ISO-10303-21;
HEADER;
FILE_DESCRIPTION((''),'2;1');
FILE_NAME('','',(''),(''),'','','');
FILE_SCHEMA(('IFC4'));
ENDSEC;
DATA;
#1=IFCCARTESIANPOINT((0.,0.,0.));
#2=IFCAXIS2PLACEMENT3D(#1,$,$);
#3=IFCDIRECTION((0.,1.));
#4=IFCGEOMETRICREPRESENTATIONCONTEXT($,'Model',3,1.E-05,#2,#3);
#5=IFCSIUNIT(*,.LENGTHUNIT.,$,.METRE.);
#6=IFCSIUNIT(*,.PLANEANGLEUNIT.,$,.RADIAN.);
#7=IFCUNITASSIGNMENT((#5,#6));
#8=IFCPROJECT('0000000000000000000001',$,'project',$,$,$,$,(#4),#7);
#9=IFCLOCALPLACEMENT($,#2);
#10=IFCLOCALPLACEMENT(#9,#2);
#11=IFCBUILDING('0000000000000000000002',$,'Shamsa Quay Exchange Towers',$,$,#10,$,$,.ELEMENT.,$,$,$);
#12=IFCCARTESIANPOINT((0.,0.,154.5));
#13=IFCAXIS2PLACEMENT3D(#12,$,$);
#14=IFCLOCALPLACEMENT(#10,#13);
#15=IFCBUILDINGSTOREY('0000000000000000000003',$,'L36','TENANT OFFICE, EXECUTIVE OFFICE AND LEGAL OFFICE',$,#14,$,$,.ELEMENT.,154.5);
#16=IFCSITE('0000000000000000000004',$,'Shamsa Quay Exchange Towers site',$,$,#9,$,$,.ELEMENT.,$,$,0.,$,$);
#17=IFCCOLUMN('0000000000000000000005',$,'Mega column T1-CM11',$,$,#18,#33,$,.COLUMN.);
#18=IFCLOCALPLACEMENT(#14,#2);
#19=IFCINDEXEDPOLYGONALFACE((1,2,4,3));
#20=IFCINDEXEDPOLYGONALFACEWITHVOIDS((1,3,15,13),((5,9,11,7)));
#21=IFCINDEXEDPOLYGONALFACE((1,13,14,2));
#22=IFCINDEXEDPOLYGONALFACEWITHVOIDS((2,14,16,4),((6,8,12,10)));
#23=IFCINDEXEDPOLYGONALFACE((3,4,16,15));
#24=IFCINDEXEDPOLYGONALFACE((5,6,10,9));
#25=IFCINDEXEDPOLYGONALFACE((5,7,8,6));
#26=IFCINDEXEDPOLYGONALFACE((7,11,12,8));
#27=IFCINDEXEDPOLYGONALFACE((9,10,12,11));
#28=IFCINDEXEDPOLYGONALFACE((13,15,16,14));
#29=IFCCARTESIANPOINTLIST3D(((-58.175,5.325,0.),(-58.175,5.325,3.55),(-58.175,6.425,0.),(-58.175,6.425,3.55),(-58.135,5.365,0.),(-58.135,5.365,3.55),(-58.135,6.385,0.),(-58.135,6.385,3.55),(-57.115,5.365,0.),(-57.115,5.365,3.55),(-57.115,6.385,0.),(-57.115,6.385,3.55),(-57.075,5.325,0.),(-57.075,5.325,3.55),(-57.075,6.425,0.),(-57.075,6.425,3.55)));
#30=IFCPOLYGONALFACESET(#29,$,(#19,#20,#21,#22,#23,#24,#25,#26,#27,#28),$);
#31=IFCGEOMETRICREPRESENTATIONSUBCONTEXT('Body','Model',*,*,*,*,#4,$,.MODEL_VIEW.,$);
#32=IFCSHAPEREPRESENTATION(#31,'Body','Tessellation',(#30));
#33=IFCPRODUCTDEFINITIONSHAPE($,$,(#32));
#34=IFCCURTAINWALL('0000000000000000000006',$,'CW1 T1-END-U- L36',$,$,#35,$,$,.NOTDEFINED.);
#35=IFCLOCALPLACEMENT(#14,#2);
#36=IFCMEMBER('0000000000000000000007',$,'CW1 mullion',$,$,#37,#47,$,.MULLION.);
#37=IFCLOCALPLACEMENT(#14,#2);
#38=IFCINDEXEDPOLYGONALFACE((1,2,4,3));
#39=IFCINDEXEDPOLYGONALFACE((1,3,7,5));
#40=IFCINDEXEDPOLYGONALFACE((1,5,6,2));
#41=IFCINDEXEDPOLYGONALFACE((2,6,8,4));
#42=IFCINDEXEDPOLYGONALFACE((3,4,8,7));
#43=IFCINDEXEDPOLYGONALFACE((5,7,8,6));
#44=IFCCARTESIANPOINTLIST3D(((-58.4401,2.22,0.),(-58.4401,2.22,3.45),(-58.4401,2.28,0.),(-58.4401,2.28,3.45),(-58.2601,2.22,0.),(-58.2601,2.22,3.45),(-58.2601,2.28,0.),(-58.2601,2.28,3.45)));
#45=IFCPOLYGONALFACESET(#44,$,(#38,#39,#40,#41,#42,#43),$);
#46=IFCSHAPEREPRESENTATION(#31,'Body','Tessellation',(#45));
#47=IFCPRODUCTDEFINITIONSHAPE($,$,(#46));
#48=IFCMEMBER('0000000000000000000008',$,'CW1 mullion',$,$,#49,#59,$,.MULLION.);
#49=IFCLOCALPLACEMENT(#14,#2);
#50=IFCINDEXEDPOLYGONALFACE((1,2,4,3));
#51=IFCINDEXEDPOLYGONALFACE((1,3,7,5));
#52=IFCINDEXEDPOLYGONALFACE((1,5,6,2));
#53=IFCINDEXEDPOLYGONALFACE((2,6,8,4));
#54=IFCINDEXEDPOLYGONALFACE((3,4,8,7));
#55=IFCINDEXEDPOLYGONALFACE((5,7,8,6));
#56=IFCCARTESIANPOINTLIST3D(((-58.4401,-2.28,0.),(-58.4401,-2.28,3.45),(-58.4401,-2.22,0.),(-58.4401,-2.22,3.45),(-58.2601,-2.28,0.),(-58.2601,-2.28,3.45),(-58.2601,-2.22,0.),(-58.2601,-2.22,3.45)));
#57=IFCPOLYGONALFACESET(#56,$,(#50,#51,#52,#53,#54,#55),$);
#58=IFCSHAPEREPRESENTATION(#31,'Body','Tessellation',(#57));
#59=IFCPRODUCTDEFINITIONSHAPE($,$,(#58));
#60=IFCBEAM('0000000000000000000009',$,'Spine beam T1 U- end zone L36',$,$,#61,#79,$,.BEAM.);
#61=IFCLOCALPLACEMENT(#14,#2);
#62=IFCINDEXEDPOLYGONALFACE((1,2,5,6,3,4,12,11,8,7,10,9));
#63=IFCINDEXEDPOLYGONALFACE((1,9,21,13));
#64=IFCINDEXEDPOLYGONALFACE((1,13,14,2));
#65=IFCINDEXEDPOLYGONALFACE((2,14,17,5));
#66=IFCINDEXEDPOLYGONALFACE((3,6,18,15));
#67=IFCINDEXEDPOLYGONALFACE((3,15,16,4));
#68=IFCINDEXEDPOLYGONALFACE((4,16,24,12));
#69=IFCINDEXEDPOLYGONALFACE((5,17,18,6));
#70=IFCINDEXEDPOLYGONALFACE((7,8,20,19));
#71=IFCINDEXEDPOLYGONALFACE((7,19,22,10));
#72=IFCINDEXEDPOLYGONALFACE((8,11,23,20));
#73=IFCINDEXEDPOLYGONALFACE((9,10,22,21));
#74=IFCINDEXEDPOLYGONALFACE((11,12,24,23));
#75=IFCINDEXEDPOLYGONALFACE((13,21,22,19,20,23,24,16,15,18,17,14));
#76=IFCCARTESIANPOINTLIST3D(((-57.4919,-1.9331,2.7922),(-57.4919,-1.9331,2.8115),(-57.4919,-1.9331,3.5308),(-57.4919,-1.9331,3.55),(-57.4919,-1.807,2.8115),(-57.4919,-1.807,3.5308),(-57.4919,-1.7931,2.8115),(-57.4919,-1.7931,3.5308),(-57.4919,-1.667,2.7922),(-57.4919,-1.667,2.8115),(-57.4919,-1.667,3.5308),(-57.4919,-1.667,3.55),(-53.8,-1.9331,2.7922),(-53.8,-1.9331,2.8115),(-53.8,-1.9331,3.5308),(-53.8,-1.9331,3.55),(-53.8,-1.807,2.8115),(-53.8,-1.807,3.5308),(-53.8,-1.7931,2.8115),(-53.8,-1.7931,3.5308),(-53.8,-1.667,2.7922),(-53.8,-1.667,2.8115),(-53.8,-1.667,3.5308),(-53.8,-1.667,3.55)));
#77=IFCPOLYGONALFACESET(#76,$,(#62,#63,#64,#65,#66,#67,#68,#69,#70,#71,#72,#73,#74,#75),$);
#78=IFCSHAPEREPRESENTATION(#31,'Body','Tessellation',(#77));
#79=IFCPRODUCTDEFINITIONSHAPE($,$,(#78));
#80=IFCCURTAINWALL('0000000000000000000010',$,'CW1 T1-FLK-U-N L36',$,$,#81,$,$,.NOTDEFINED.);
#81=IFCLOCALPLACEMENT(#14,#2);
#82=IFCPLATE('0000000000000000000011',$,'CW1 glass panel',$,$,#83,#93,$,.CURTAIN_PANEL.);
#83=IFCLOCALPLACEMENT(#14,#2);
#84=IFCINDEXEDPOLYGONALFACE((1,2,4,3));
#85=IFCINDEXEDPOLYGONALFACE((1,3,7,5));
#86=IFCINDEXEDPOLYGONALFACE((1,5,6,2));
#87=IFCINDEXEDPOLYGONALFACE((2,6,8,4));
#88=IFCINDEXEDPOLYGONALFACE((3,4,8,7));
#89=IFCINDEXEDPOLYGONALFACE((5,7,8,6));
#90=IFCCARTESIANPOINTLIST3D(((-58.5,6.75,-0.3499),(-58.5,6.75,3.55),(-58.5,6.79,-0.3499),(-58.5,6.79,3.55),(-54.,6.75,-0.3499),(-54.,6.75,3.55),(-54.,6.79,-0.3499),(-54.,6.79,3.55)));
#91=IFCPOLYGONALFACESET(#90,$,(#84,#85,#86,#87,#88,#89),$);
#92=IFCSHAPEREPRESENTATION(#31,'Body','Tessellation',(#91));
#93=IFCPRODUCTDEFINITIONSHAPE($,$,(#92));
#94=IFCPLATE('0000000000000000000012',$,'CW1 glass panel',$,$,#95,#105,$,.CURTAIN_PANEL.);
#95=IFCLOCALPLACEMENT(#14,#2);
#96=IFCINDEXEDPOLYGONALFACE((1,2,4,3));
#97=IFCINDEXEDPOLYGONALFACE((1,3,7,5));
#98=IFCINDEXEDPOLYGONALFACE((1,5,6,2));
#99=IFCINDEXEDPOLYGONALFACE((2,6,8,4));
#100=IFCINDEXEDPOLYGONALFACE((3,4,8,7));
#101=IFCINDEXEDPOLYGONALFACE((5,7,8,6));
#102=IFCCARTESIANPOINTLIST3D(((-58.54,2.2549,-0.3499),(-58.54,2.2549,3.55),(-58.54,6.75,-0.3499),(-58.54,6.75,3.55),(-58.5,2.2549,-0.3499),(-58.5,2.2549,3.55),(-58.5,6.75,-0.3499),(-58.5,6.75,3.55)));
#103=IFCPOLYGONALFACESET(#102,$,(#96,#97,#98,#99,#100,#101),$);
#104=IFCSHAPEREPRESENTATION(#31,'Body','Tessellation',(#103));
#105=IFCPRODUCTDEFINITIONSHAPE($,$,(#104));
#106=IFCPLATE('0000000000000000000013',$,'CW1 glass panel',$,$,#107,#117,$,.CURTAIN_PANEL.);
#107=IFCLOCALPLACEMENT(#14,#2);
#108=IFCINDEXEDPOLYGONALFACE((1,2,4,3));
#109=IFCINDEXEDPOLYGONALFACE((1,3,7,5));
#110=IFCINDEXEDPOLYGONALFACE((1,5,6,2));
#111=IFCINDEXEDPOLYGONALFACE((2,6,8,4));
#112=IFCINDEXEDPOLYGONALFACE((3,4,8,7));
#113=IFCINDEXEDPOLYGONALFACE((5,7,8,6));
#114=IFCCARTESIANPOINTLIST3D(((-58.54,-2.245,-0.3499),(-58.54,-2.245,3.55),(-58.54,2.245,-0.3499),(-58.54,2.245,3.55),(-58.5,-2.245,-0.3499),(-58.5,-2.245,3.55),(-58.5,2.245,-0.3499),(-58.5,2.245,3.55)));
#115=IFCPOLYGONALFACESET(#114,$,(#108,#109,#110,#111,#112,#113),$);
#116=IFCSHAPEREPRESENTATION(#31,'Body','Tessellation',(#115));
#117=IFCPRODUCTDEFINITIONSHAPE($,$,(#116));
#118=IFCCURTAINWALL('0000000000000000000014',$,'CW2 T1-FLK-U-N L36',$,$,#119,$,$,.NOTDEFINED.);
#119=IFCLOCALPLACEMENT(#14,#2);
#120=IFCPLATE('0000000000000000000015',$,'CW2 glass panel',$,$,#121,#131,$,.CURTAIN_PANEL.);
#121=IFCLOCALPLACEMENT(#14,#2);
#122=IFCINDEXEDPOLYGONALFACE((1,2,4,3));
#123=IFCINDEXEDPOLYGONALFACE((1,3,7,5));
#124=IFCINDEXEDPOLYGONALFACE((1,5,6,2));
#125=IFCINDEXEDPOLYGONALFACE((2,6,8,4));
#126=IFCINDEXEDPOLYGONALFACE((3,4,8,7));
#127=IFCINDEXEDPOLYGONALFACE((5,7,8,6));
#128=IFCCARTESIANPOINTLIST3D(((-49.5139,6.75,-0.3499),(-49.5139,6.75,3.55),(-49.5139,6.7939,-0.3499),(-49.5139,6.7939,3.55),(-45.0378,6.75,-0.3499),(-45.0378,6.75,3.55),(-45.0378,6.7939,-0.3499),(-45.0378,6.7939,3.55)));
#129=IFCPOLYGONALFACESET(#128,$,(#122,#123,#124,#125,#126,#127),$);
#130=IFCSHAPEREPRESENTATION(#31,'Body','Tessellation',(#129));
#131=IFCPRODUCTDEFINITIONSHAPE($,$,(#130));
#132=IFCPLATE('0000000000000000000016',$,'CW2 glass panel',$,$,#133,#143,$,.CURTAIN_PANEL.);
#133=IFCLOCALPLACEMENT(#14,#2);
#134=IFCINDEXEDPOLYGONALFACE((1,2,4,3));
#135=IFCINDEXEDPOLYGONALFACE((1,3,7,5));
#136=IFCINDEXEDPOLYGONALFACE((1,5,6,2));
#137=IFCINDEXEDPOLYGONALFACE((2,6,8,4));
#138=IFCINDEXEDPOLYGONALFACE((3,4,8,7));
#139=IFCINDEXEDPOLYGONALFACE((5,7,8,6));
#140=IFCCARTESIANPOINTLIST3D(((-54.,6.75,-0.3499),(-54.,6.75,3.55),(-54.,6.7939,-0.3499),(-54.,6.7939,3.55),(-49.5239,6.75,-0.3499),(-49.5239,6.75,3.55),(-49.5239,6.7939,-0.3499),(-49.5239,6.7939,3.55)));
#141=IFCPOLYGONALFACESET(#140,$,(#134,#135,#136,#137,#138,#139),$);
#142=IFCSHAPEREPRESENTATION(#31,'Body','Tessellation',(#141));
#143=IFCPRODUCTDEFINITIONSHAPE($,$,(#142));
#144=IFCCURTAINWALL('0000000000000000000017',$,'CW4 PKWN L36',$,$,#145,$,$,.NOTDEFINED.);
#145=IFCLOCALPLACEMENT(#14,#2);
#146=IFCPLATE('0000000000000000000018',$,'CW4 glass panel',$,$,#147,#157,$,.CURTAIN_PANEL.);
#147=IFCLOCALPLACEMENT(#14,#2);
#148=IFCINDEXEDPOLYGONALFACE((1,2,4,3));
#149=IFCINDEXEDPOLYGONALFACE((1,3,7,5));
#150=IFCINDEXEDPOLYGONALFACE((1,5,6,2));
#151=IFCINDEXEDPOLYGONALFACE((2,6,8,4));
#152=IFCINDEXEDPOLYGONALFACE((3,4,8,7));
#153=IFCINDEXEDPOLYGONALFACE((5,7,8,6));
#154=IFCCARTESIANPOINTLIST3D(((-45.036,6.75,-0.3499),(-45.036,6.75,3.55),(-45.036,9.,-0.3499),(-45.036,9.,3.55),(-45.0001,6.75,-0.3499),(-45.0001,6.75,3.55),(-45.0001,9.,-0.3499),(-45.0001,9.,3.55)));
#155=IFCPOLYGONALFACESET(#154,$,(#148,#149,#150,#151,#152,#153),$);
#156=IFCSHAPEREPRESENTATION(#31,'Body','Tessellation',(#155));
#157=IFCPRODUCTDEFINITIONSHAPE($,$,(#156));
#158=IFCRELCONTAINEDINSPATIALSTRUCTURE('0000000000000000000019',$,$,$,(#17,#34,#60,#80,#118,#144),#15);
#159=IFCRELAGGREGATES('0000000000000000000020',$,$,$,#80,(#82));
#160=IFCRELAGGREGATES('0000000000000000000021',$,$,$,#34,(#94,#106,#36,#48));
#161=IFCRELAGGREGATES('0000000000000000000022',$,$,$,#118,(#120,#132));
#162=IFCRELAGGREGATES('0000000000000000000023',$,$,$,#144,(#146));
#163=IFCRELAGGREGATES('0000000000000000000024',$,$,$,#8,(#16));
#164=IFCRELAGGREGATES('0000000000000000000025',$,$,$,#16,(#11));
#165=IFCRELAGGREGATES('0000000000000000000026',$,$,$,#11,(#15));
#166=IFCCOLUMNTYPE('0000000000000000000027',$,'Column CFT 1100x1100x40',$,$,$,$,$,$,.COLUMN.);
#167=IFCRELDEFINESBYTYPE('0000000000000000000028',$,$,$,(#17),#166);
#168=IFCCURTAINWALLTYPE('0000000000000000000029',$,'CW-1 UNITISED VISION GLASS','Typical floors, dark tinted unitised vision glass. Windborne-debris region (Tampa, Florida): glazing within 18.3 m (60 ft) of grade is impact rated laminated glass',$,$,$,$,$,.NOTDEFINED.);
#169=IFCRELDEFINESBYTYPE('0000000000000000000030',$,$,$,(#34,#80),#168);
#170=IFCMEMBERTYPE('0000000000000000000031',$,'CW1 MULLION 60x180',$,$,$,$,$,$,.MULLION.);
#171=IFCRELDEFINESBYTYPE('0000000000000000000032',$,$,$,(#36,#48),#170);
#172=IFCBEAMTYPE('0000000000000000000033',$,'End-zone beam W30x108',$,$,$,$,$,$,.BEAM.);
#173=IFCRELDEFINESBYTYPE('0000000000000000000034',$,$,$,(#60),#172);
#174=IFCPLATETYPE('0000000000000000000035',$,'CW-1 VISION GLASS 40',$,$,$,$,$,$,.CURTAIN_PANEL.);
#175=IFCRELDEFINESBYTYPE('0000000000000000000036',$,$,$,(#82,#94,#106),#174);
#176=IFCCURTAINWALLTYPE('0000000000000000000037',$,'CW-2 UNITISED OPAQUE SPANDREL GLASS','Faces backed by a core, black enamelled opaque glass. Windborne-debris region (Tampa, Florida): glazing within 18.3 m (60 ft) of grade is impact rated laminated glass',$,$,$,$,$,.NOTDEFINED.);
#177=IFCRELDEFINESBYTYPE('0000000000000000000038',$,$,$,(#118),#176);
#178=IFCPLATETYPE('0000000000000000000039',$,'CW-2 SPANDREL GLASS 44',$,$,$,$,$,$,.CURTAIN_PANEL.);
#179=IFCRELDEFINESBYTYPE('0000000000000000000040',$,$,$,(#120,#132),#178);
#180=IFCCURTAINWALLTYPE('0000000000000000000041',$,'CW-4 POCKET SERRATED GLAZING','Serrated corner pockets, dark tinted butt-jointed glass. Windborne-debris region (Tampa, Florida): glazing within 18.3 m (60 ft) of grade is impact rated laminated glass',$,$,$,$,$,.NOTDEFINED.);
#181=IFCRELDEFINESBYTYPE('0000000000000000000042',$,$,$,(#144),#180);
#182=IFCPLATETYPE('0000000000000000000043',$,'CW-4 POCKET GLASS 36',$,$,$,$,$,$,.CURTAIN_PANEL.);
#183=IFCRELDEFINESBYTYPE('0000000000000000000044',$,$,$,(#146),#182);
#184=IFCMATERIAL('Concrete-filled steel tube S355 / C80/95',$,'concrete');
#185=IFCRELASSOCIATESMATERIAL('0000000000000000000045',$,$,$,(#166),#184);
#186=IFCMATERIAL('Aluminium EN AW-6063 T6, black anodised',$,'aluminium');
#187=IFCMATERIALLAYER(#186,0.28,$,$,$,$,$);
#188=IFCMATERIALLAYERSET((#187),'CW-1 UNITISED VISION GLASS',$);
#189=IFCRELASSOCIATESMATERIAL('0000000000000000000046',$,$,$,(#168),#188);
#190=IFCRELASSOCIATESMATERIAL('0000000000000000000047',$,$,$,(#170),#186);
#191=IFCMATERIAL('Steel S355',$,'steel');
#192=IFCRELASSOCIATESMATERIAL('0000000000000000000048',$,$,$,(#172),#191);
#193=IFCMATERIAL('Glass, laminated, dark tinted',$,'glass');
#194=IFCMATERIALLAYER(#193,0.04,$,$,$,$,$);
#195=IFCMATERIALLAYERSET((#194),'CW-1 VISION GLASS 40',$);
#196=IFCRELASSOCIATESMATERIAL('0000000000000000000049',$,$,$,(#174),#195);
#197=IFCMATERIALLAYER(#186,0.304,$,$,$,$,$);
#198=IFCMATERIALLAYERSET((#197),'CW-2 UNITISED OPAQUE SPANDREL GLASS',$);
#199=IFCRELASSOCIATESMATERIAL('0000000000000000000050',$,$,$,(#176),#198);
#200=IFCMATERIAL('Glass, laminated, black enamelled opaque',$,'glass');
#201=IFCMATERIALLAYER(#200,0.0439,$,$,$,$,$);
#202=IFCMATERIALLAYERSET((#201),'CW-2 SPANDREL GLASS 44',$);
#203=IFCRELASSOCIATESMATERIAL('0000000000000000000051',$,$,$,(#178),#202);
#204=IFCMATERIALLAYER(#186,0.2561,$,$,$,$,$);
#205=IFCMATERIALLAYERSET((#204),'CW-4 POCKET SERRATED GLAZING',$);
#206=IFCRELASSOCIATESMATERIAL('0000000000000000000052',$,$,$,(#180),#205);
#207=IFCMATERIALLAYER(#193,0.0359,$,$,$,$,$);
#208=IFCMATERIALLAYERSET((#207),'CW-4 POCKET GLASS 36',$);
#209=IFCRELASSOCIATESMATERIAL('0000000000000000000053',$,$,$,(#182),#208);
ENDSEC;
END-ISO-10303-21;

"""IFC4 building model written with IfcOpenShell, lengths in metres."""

from ifc_helpers import new_model, si_unit, direction, frame, origin, origin_2d, place, context, subcontext, project, spatial, rectangle, hollow_rectangle, i_section, extrude, material, layer, layer_set, material_profile, profile_set, type_object, element, aggregate, save


model = new_model("IFC4")

# Units and contexts
model_context = context("Model", 3, precision=1e-05, world=origin(), true_north=direction((0.0, 1.0)))
body_context = subcontext(model_context, "Body", "Model", "MODEL_VIEW")
ifc_project = project(units=[si_unit("LENGTHUNIT", "METRE"), si_unit("PLANEANGLEUNIT", "RADIAN")], contexts=[model_context])

# Site, building, storey
site_placement = place(None, origin())
site = spatial("IfcSite", under=ifc_project, at=site_placement, Name="Shamsa Quay Exchange Towers site", CompositionType="ELEMENT", RefElevation=0.0)
building_placement = place(site_placement, origin())
building = spatial("IfcBuilding", under=site, at=building_placement, Name="Shamsa Quay Exchange Towers", CompositionType="ELEMENT")
storey_placement = place(building_placement, frame((0.0, 0.0, 154.5)))
storey = spatial("IfcBuildingStorey", under=building, at=storey_placement, Name="L36", Description="TENANT OFFICE, EXECUTIVE OFFICE AND LEGAL OFFICE", CompositionType="ELEMENT", Elevation=154.5)

# Column
ifc_material_1 = material(Name="Concrete-filled steel tube S355 / C80/95", Category="concrete")
ifc_material_profile_1 = material_profile(ifc_material_1, hollow_rectangle(XDim=1.1001, YDim=1.1001, WallThickness=0.04, at=origin_2d()), Name="CFT 1100x1100x40")
ifc_profile_set_1 = profile_set([ifc_material_profile_1], Name="Concrete-filled steel tube S355 / C80/95")
column_type = type_object("IfcColumnType", Name="Column CFT 1100x1100x40", PredefinedType="COLUMN", material=ifc_profile_set_1)
column_placement = place(storey_placement, frame((-57.625, 5.875, 0.0)))
element("IfcColumn", 1, at=column_placement, inside=storey, type_object=column_type, Name="Mega column T1-CM11", PredefinedType="COLUMN", context=body_context, shape_type="SweptSolid", body=[
    extrude(hollow_rectangle(XDim=1.1001, YDim=1.1001, WallThickness=0.04, at=origin_2d()), origin(), (0.0, 0.0, 1.0), 3.55),
])

# Curtain wall, members
ifc_material_2 = material(Name="Aluminium EN AW-6063 T6, black anodised", Category="aluminium")
ifc_layer_1 = layer(ifc_material_2, 0.28)
ifc_layer_set_1 = layer_set([ifc_layer_1], Name="CW-1 UNITISED VISION GLASS")
curtain_wall_type_1 = type_object("IfcCurtainWallType", Name="CW-1 UNITISED VISION GLASS", Description="Typical floors, dark tinted unitised vision glass. Windborne-debris region (Tampa, Florida): glazing within 18.3 m (60 ft) of grade is impact rated laminated glass", PredefinedType="NOTDEFINED", material=ifc_layer_set_1)
curtain_wall_1_placement = place(storey_placement, origin())
curtain_wall_1 = element("IfcCurtainWall", 2, at=curtain_wall_1_placement, inside=storey, type_object=curtain_wall_type_1, Name="CW1 T1-END-U- L36", PredefinedType="NOTDEFINED")
ifc_material_profile_2 = material_profile(ifc_material_2, rectangle(XDim=0.1799, YDim=0.0601, at=origin_2d()), Name="MU60x180")
ifc_profile_set_2 = profile_set([ifc_material_profile_2], Name="Aluminium EN AW-6063 T6, black anodised")
member_type = type_object("IfcMemberType", Name="CW1 MULLION 60x180", PredefinedType="MULLION", material=ifc_profile_set_2)
member_1_placement = place(storey_placement, frame((-58.3501, 2.25, 0.0)))
member_1 = element("IfcMember", 3, at=member_1_placement, type_object=member_type, Name="CW1 mullion", PredefinedType="MULLION", context=body_context, shape_type="SweptSolid", body=[
    extrude(rectangle(XDim=0.1799, YDim=0.0601, at=origin_2d()), origin(), (0.0, 0.0, 1.0), 3.45),
])
member_2_placement = place(storey_placement, frame((-58.3501, -2.25, 0.0)))
member_2 = element("IfcMember", 4, at=member_2_placement, type_object=member_type, Name="CW1 mullion", PredefinedType="MULLION", context=body_context, shape_type="SweptSolid", body=[
    extrude(rectangle(XDim=0.1799, YDim=0.0601, at=origin_2d()), origin(), (0.0, 0.0, 1.0), 3.45),
])

# Beam
ifc_material_3 = material(Name="Steel S355", Category="steel")
ifc_material_profile_3 = material_profile(ifc_material_3, i_section(OverallWidth=0.2661, OverallDepth=0.7578, WebThickness=0.0139, FlangeThickness=0.0193, at=origin_2d()), Name="W30x108")
ifc_profile_set_3 = profile_set([ifc_material_profile_3], Name="Steel S355")
beam_type = type_object("IfcBeamType", Name="End-zone beam W30x108", PredefinedType="BEAM", material=ifc_profile_set_3)
beam_placement = place(storey_placement, frame((-53.8, -1.8, 3.1711), z_axis=(-1.0, 0.0, 0.0), x_axis=(0.0, -1.0, 0.0)))
element("IfcBeam", 5, at=beam_placement, inside=storey, type_object=beam_type, Name="Spine beam T1 U- end zone L36", PredefinedType="BEAM", context=body_context, shape_type="SweptSolid", body=[
    extrude(i_section(OverallWidth=0.2661, OverallDepth=0.7578, WebThickness=0.0139, FlangeThickness=0.0193, at=origin_2d()), origin(), (0.0, 0.0, 1.0), 3.6919),
])

# Curtain wall, plate
curtain_wall_2_placement = place(storey_placement, origin())
curtain_wall_2 = element("IfcCurtainWall", 6, at=curtain_wall_2_placement, inside=storey, type_object=curtain_wall_type_1, Name="CW1 T1-FLK-U-N L36", PredefinedType="NOTDEFINED")
ifc_material_4 = material(Name="Glass, laminated, dark tinted", Category="glass")
ifc_layer_2 = layer(ifc_material_4, 0.04)
ifc_layer_set_2 = layer_set([ifc_layer_2], Name="CW-1 VISION GLASS 40")
plate_type_1 = type_object("IfcPlateType", Name="CW-1 VISION GLASS 40", PredefinedType="CURTAIN_PANEL", material=ifc_layer_set_2)
plate_1_placement = place(storey_placement, frame((-56.25, 6.77, -0.3499), z_axis=(0.0, 0.0, 1.0), x_axis=(-1.0, 0.0, 0.0)))
plate_1 = element("IfcPlate", 7, at=plate_1_placement, type_object=plate_type_1, Name="CW1 glass panel", PredefinedType="CURTAIN_PANEL", context=body_context, shape_type="SweptSolid", body=[
    extrude(rectangle(XDim=4.5, YDim=0.04, at=origin_2d()), origin(), (0.0, 0.0, 1.0), 3.8999),
])
aggregate(curtain_wall_2, [plate_1])

# Plates
plate_2_placement = place(storey_placement, frame((-58.52, 4.5024, -0.3499), z_axis=(0.0, 0.0, 1.0), x_axis=(0.0, -1.0, 0.0)))
plate_2 = element("IfcPlate", 8, at=plate_2_placement, type_object=plate_type_1, Name="CW1 glass panel", PredefinedType="CURTAIN_PANEL", context=body_context, shape_type="SweptSolid", body=[
    extrude(rectangle(XDim=4.4951, YDim=0.04, at=origin_2d()), origin(), (0.0, 0.0, 1.0), 3.8999),
])
plate_3_placement = place(storey_placement, frame((-58.52, 0.0, -0.3499), z_axis=(0.0, 0.0, 1.0), x_axis=(0.0, -1.0, 0.0)))
plate_3 = element("IfcPlate", 9, at=plate_3_placement, type_object=plate_type_1, Name="CW1 glass panel", PredefinedType="CURTAIN_PANEL", context=body_context, shape_type="SweptSolid", body=[
    extrude(rectangle(XDim=4.49, YDim=0.04, at=origin_2d()), origin(), (0.0, 0.0, 1.0), 3.8999),
])
aggregate(curtain_wall_1, [plate_2, plate_3, member_1, member_2])

# Curtain wall, plates
ifc_layer_3 = layer(ifc_material_2, 0.304)
ifc_layer_set_3 = layer_set([ifc_layer_3], Name="CW-2 UNITISED OPAQUE SPANDREL GLASS")
curtain_wall_type_2 = type_object("IfcCurtainWallType", Name="CW-2 UNITISED OPAQUE SPANDREL GLASS", Description="Faces backed by a core, black enamelled opaque glass. Windborne-debris region (Tampa, Florida): glazing within 18.3 m (60 ft) of grade is impact rated laminated glass", PredefinedType="NOTDEFINED", material=ifc_layer_set_3)
curtain_wall_3_placement = place(storey_placement, origin())
curtain_wall_3 = element("IfcCurtainWall", 10, at=curtain_wall_3_placement, inside=storey, type_object=curtain_wall_type_2, Name="CW2 T1-FLK-U-N L36", PredefinedType="NOTDEFINED")
ifc_material_5 = material(Name="Glass, laminated, black enamelled opaque", Category="glass")
ifc_layer_4 = layer(ifc_material_5, 0.0439)
ifc_layer_set_4 = layer_set([ifc_layer_4], Name="CW-2 SPANDREL GLASS 44")
plate_type_2 = type_object("IfcPlateType", Name="CW-2 SPANDREL GLASS 44", PredefinedType="CURTAIN_PANEL", material=ifc_layer_set_4)
plate_4_placement = place(storey_placement, frame((-47.2759, 6.772, -0.3499), z_axis=(0.0, 0.0, 1.0), x_axis=(-1.0, 0.0, 0.0)))
plate_4 = element("IfcPlate", 11, at=plate_4_placement, type_object=plate_type_2, Name="CW2 glass panel", PredefinedType="CURTAIN_PANEL", context=body_context, shape_type="SweptSolid", body=[
    extrude(rectangle(XDim=4.4761, YDim=0.0439, at=origin_2d()), origin(), (0.0, 0.0, 1.0), 3.8999),
])
plate_5_placement = place(storey_placement, frame((-51.762, 6.772, -0.3499), z_axis=(0.0, 0.0, 1.0), x_axis=(-1.0, 0.0, 0.0)))
plate_5 = element("IfcPlate", 12, at=plate_5_placement, type_object=plate_type_2, Name="CW2 glass panel", PredefinedType="CURTAIN_PANEL", context=body_context, shape_type="SweptSolid", body=[
    extrude(rectangle(XDim=4.4761, YDim=0.0439, at=origin_2d()), origin(), (0.0, 0.0, 1.0), 3.8999),
])
aggregate(curtain_wall_3, [plate_4, plate_5])

# Curtain wall, plate
ifc_layer_5 = layer(ifc_material_2, 0.2561)
ifc_layer_set_5 = layer_set([ifc_layer_5], Name="CW-4 POCKET SERRATED GLAZING")
curtain_wall_type_3 = type_object("IfcCurtainWallType", Name="CW-4 POCKET SERRATED GLAZING", Description="Serrated corner pockets, dark tinted butt-jointed glass. Windborne-debris region (Tampa, Florida): glazing within 18.3 m (60 ft) of grade is impact rated laminated glass", PredefinedType="NOTDEFINED", material=ifc_layer_set_5)
curtain_wall_4_placement = place(storey_placement, origin())
curtain_wall_4 = element("IfcCurtainWall", 13, at=curtain_wall_4_placement, inside=storey, type_object=curtain_wall_type_3, Name="CW4 PKWN L36", PredefinedType="NOTDEFINED")
ifc_layer_6 = layer(ifc_material_4, 0.0359)
ifc_layer_set_6 = layer_set([ifc_layer_6], Name="CW-4 POCKET GLASS 36")
plate_type_3 = type_object("IfcPlateType", Name="CW-4 POCKET GLASS 36", PredefinedType="CURTAIN_PANEL", material=ifc_layer_set_6)
plate_6_placement = place(storey_placement, frame((-45.0181, 7.875, -0.3499), z_axis=(0.0, 0.0, 1.0), x_axis=(0.0, -1.0, 0.0)))
plate_6 = element("IfcPlate", 14, at=plate_6_placement, type_object=plate_type_3, Name="CW4 glass panel", PredefinedType="CURTAIN_PANEL", context=body_context, shape_type="SweptSolid", body=[
    extrude(rectangle(XDim=2.25, YDim=0.0359, at=origin_2d()), origin(), (0.0, 0.0, 1.0), 3.8999),
])
aggregate(curtain_wall_4, [plate_6])

save(model, "model.ifc")
